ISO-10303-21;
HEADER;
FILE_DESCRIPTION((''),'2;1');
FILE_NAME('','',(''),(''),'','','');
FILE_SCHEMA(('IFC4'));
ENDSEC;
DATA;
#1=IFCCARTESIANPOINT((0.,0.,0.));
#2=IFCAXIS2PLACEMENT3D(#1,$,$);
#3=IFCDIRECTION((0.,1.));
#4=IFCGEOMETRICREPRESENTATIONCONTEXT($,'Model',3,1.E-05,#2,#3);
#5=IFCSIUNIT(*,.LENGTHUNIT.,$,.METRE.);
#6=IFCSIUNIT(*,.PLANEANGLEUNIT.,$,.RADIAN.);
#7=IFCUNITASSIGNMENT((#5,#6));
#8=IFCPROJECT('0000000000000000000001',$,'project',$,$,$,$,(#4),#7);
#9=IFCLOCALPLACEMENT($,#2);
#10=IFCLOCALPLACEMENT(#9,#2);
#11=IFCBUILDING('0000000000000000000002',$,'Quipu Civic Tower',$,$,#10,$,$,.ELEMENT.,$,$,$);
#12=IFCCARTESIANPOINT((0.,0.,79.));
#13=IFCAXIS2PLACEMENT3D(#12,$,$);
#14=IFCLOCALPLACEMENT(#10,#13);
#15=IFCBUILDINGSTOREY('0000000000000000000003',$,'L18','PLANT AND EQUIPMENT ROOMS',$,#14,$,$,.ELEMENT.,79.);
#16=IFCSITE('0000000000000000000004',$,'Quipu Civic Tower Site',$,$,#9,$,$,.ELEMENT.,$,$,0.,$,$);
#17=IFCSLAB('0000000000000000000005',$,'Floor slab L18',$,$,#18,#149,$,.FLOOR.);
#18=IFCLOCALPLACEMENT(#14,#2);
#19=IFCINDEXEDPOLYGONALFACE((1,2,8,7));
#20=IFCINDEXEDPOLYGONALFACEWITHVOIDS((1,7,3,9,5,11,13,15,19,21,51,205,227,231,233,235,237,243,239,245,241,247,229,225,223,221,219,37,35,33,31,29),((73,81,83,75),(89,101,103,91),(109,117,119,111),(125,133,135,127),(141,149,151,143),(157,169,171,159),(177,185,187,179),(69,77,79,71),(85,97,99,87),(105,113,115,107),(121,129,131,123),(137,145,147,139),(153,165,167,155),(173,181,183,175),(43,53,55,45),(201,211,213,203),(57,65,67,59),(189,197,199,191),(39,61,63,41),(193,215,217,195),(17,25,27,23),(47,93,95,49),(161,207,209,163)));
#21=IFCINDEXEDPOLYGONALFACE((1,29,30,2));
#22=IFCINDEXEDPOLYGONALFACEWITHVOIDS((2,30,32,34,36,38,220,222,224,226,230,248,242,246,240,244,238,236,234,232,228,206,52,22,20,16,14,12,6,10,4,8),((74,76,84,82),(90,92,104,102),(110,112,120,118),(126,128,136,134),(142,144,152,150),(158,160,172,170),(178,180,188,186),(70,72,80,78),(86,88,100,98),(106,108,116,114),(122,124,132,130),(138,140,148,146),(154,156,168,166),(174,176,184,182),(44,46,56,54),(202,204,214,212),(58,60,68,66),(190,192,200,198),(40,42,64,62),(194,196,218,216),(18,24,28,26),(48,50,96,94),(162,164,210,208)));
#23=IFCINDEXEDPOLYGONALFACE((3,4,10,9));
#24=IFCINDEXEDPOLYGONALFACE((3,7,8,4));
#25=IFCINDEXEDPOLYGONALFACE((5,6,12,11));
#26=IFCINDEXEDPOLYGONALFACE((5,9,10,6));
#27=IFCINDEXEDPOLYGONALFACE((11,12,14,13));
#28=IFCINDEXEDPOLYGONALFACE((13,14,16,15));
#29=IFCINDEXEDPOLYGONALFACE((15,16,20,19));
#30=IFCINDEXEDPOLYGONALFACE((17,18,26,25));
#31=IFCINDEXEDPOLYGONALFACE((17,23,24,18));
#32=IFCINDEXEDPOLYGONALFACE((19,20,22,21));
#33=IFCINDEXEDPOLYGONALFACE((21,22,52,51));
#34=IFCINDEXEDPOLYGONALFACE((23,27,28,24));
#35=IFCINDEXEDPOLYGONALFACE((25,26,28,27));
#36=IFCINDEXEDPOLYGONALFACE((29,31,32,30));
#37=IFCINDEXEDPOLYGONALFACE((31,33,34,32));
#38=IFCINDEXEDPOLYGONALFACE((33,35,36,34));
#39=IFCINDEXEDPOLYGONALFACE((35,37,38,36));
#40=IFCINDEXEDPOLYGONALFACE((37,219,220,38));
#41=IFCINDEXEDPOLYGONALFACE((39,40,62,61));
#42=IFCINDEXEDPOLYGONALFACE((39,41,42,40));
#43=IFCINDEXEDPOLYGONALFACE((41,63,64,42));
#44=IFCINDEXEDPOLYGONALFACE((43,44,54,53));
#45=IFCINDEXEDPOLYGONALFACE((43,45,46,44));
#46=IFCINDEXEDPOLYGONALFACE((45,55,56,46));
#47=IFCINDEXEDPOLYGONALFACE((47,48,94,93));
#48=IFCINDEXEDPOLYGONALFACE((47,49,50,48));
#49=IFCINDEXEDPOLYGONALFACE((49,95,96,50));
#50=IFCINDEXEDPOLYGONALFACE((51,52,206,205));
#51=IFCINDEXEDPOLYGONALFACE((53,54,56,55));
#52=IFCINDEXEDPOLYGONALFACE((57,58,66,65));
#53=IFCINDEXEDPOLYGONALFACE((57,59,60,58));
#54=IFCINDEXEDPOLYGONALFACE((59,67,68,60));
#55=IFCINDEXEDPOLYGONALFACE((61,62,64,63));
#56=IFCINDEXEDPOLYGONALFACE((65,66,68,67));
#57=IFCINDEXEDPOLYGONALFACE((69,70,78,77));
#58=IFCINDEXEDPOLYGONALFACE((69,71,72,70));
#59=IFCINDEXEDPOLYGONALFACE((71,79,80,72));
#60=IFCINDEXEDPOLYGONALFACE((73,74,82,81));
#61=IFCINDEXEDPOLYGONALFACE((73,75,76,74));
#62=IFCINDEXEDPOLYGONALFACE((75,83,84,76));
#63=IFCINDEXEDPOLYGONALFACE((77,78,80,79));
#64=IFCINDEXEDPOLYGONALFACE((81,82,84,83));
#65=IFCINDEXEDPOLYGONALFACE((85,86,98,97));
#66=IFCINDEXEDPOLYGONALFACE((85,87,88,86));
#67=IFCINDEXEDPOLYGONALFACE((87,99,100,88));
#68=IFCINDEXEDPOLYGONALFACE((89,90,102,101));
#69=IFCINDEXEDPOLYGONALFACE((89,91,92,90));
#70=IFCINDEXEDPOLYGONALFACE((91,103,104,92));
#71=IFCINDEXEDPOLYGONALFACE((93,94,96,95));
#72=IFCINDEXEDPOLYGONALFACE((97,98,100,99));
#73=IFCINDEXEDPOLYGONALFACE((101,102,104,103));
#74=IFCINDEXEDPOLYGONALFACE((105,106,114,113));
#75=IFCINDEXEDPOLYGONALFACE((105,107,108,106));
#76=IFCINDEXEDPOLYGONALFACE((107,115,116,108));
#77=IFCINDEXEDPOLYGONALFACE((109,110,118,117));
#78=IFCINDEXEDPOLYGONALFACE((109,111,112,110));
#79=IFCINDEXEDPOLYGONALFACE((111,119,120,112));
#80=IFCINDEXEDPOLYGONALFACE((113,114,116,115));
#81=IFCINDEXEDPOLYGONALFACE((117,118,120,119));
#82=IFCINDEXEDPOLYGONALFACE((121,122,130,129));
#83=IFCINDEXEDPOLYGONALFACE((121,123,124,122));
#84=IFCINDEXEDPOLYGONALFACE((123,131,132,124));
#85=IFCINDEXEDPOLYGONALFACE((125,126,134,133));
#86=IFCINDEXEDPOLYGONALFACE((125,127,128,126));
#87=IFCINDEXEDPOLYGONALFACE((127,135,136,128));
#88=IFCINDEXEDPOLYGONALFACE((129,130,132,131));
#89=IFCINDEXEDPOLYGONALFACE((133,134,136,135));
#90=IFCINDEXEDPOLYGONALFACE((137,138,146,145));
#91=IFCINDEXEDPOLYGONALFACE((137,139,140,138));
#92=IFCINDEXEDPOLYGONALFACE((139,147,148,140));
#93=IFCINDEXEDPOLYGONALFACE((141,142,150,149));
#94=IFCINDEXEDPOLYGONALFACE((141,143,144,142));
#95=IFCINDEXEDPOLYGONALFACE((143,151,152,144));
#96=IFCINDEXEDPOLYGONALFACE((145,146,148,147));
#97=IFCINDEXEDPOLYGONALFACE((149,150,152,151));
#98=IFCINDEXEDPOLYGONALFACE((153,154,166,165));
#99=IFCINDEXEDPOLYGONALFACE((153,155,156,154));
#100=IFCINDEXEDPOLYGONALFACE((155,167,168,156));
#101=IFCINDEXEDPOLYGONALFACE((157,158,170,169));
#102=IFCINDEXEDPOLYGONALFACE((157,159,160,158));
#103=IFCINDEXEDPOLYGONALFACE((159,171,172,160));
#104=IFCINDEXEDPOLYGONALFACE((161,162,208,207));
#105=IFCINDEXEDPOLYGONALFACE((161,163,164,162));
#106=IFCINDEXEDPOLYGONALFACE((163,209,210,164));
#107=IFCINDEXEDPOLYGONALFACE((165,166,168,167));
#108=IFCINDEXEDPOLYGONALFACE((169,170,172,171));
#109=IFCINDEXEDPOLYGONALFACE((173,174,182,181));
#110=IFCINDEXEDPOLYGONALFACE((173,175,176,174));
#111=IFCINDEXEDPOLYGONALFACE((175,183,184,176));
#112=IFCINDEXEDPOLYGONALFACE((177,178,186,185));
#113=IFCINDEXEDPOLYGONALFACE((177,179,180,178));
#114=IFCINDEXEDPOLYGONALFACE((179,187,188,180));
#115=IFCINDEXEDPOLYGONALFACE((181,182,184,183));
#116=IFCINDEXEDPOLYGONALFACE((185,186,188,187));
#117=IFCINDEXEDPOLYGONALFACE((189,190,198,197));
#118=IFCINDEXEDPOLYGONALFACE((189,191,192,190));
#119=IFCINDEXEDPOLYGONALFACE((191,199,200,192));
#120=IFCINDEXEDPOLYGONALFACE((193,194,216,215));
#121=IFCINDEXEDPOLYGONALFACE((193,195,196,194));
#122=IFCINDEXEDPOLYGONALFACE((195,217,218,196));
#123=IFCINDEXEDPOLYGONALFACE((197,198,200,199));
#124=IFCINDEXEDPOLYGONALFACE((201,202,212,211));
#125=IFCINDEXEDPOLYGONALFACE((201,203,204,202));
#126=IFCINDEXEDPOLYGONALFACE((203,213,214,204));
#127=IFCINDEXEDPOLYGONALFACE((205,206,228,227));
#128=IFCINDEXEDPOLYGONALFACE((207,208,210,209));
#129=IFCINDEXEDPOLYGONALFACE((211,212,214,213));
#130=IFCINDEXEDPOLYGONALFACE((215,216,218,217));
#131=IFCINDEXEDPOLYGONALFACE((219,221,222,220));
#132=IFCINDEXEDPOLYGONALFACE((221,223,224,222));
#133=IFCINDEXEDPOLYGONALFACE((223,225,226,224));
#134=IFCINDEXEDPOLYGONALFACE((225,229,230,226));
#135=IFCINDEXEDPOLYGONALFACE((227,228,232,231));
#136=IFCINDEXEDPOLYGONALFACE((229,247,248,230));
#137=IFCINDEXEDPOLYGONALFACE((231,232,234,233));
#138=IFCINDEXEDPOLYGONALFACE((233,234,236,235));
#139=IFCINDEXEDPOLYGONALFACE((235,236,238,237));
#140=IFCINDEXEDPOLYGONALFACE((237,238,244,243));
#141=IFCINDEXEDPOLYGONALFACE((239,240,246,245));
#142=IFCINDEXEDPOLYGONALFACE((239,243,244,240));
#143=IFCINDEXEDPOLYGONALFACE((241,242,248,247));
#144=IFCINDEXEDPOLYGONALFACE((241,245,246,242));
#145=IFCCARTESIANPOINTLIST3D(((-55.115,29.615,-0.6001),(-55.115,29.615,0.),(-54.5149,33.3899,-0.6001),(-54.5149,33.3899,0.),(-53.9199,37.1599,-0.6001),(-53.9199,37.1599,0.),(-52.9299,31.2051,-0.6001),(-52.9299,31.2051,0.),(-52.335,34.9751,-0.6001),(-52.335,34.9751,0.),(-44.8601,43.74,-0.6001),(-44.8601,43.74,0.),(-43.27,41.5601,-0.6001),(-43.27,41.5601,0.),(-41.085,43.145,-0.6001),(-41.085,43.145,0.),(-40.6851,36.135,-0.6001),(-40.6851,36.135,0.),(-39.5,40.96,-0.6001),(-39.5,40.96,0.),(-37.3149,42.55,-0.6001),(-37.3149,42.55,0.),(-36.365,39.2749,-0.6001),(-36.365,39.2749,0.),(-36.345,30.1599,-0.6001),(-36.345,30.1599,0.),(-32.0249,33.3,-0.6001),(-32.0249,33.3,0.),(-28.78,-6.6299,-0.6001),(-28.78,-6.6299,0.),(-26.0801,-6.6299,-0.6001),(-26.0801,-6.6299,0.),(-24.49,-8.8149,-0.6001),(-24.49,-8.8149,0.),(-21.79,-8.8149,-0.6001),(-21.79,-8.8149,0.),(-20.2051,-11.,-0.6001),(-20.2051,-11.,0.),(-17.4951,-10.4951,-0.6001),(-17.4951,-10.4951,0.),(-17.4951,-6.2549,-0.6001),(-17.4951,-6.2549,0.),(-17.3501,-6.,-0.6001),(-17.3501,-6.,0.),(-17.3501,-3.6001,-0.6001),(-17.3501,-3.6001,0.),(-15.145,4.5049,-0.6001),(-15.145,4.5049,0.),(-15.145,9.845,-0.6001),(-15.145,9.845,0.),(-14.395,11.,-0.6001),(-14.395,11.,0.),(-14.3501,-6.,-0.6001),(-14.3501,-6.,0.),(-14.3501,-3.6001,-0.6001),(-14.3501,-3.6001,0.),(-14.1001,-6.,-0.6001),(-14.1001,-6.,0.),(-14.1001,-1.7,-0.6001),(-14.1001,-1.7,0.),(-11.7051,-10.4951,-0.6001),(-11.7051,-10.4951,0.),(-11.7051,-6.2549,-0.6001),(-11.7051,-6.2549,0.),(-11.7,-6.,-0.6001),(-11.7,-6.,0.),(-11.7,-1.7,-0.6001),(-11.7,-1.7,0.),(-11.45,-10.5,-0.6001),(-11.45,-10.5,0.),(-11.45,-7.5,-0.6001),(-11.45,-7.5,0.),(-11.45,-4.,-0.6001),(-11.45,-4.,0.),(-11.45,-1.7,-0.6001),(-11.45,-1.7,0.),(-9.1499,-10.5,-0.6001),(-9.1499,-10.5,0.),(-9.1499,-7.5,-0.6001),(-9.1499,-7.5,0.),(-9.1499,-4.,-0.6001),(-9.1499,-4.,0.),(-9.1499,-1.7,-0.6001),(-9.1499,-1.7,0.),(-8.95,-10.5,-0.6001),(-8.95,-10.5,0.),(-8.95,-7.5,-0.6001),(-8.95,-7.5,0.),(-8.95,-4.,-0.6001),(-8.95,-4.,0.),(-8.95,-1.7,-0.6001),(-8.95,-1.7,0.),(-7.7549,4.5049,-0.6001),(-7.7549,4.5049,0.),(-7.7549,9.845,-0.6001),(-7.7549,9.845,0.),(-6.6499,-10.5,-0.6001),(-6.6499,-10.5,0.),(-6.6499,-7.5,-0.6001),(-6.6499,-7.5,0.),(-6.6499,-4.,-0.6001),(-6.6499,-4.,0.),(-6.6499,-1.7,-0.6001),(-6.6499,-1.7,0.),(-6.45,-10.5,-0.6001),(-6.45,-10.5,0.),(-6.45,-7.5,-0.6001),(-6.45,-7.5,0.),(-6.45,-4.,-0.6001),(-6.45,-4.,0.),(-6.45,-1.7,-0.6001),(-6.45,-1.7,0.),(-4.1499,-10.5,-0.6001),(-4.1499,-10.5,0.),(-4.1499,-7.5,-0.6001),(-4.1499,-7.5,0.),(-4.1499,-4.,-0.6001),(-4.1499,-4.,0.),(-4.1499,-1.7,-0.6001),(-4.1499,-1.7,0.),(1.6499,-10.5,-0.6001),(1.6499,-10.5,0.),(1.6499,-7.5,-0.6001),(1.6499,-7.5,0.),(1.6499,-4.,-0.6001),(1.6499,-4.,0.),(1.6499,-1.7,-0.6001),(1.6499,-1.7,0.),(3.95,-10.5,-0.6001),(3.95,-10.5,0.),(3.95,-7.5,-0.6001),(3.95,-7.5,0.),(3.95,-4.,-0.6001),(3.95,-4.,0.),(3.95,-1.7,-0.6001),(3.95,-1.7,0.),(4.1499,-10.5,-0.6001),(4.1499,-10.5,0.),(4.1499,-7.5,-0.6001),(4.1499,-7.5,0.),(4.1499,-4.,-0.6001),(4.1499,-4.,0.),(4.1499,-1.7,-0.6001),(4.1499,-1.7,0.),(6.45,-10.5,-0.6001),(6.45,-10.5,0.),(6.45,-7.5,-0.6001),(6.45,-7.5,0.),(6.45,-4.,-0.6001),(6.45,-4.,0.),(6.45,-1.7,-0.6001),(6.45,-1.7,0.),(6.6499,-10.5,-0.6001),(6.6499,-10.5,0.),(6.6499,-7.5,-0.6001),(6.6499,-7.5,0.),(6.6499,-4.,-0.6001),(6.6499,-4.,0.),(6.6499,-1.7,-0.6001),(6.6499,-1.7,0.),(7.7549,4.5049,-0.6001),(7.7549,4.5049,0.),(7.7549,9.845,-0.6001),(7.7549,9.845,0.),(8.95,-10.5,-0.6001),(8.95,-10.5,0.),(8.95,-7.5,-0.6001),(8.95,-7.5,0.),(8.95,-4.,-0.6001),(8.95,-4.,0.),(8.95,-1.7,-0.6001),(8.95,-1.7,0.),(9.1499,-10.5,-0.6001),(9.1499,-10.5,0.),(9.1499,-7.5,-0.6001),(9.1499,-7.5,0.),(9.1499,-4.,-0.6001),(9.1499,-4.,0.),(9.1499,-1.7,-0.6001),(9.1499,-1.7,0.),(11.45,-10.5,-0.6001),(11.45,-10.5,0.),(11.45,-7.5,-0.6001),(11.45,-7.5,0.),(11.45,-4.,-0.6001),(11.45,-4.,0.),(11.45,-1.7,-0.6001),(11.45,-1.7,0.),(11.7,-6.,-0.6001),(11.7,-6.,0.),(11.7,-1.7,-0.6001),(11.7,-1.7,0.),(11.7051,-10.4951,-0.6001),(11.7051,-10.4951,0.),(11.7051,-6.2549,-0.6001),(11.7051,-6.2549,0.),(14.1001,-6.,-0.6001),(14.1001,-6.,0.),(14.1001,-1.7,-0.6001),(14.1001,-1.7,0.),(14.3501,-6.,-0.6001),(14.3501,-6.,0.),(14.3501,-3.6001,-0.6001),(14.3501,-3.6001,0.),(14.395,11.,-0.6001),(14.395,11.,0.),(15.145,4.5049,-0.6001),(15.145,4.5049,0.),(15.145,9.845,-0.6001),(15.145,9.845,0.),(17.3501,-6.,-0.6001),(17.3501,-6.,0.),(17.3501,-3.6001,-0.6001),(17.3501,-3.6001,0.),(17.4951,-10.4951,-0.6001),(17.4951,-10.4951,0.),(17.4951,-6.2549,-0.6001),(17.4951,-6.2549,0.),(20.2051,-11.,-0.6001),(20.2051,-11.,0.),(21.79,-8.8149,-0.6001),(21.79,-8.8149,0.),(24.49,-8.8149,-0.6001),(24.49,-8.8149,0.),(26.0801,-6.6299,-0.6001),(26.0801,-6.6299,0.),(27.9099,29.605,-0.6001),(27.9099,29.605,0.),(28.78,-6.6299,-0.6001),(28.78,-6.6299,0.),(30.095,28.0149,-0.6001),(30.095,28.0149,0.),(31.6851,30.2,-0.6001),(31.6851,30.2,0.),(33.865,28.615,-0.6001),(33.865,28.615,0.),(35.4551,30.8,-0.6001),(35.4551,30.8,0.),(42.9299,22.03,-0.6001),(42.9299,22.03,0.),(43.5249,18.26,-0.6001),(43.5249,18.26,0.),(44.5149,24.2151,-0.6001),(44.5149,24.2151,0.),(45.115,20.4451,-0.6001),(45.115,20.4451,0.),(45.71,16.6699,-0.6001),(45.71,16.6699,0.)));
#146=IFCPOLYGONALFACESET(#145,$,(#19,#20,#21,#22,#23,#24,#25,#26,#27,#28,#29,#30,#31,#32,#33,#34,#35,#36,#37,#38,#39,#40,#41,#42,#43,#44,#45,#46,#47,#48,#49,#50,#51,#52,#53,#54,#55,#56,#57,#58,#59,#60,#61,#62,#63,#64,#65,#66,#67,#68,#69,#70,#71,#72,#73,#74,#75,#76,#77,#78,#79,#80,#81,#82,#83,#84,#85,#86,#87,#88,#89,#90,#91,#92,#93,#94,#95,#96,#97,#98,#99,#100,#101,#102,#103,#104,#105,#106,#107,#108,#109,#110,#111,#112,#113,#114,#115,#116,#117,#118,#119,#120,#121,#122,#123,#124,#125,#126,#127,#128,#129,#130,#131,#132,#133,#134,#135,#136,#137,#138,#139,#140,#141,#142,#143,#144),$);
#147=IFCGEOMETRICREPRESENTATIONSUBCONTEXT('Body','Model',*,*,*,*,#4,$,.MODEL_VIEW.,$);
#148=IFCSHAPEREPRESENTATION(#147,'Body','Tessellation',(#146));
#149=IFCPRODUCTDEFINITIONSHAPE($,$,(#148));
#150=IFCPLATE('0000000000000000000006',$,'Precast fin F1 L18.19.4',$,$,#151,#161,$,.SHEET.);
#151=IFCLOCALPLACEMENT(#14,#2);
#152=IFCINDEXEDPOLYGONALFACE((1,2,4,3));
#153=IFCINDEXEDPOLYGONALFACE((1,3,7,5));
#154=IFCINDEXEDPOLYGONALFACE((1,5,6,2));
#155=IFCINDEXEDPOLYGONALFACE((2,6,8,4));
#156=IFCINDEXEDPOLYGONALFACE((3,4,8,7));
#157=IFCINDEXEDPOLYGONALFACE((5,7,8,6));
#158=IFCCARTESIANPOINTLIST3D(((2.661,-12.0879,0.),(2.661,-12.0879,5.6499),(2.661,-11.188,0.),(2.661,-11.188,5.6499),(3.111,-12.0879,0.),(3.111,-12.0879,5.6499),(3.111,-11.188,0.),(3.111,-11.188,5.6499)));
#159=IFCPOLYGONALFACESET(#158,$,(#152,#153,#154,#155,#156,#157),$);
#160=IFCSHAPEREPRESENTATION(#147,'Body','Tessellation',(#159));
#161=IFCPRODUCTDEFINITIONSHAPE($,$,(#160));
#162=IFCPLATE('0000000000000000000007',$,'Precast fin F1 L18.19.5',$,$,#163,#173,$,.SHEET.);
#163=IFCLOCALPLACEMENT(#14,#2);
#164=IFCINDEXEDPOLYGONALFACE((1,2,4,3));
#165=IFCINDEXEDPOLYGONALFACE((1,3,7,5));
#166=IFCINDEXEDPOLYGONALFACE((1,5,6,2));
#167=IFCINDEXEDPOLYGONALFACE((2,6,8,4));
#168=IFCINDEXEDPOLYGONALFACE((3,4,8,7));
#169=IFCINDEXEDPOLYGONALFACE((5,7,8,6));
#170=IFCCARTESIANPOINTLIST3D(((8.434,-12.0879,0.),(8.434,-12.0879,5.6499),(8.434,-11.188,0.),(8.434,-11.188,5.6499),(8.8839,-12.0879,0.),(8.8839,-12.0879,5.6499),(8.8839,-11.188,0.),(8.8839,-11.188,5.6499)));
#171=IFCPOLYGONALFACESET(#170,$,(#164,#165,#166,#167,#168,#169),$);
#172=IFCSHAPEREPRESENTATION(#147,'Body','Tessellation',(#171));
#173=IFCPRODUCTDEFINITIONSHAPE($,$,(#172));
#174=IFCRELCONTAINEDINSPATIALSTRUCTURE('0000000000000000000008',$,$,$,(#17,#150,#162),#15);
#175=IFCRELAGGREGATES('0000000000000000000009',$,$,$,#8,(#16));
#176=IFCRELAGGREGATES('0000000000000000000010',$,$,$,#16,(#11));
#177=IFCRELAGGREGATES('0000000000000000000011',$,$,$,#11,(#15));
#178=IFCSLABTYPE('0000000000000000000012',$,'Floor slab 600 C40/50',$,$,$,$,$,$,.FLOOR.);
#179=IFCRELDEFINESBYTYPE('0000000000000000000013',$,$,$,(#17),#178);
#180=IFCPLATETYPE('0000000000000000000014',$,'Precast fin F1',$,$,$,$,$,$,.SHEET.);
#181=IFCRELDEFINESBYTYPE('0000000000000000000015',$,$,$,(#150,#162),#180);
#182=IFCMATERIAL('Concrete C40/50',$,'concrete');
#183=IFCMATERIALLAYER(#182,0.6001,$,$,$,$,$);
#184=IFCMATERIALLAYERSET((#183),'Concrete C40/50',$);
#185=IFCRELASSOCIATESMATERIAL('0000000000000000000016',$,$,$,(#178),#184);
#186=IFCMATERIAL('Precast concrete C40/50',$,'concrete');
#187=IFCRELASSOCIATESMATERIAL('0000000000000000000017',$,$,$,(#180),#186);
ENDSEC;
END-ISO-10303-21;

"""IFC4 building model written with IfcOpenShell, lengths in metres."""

from ifc_helpers import new_model, si_unit, direction, frame, origin, origin_2d, place, context, subcontext, project, spatial, polyline, rectangle, outline, extrude, material, layer, layer_set, type_object, element, save


model = new_model("IFC4")

# Units and contexts
model_context = context("Model", 3, precision=1e-05, world=origin(), true_north=direction((0.0, 1.0)))
body_context = subcontext(model_context, "Body", "Model", "MODEL_VIEW")
ifc_project = project(units=[si_unit("LENGTHUNIT", "METRE"), si_unit("PLANEANGLEUNIT", "RADIAN")], contexts=[model_context])

# Site, building, storey
site_placement = place(None, origin())
site = spatial("IfcSite", under=ifc_project, at=site_placement, Name="Quipu Civic Tower Site", CompositionType="ELEMENT", RefElevation=0.0)
building_placement = place(site_placement, origin())
building = spatial("IfcBuilding", under=site, at=building_placement, Name="Quipu Civic Tower", CompositionType="ELEMENT")
storey_placement = place(building_placement, frame((0.0, 0.0, 79.0)))
storey = spatial("IfcBuildingStorey", under=building, at=storey_placement, Name="L18", Description="PLANT AND EQUIPMENT ROOMS", CompositionType="ELEMENT", Elevation=79.0)

# Slab
ifc_material_1 = material(Name="Concrete C40/50", Category="concrete")
ifc_layer_1 = layer(ifc_material_1, 0.6001)
ifc_layer_set_1 = layer_set([ifc_layer_1], Name="Concrete C40/50")
slab_type_1 = type_object("IfcSlabType", Name="Floor slab 600 C40/50", PredefinedType="FLOOR", material=ifc_layer_set_1)
slab_1_placement = place(storey_placement, frame((0.0, 0.0, -0.6001)))
element("IfcSlab", 1, at=slab_1_placement, inside=storey, type_object=slab_type_1, Name="Floor slab L18", PredefinedType="FLOOR", context=body_context, shape_type="SweptSolid", body=[
    extrude(outline(polyline([(27.9099, 29.605), (30.095, 28.0149), (31.6851, 30.2), (33.865, 28.615), (35.4551, 30.8), (44.5149, 24.2151), (42.9299, 22.03), (45.115, 20.4451), (43.5249, 18.26), (45.71, 16.6699), (28.78, -6.6299), (26.0801, -6.6299), (24.49, -8.8149), (21.79, -8.8149), (20.2051, -11.0), (-20.2051, -11.0), (-21.79, -8.8149), (-24.49, -8.8149), (-26.0801, -6.6299), (-28.78, -6.6299), (-55.115, 29.615), (-52.9299, 31.2051), (-54.5149, 33.3899), (-52.335, 34.9751), (-53.9199, 37.1599), (-44.8601, 43.74), (-43.27, 41.5601), (-41.085, 43.145), (-39.5, 40.96), (-37.3149, 42.55), (-14.395, 11.0), (14.395, 11.0), (27.9099, 29.605)]), holes=[polyline([(-11.45, -7.5), (-11.45, -10.5), (-9.1499, -10.5), (-9.1499, -7.5), (-11.45, -7.5)]), polyline([(-8.95, -7.5), (-8.95, -10.5), (-6.6499, -10.5), (-6.6499, -7.5), (-8.95, -7.5)]), polyline([(-6.45, -7.5), (-6.45, -10.5), (-4.1499, -10.5), (-4.1499, -7.5), (-6.45, -7.5)]), polyline([(-11.7051, -10.4951), (-11.7051, -6.2549), (-17.4951, -6.2549), (-17.4951, -10.4951), (-11.7051, -10.4951)]), polyline([(-14.3501, -3.6001), (-17.3501, -3.6001), (-17.3501, -6.0), (-14.3501, -6.0), (-14.3501, -3.6001)]), polyline([(-14.1001, -1.7), (-14.1001, -6.0), (-11.7, -6.0), (-11.7, -1.7), (-14.1001, -1.7)]), polyline([(-9.1499, -1.7), (-11.45, -1.7), (-11.45, -4.0), (-9.1499, -4.0), (-9.1499, -1.7)]), polyline([(-6.6499, -1.7), (-8.95, -1.7), (-8.95, -4.0), (-6.6499, -4.0), (-6.6499, -1.7)]), polyline([(-6.45, -1.7), (-6.45, -4.0), (-4.1499, -4.0), (-4.1499, -1.7), (-6.45, -1.7)]), polyline([(3.95, -1.7), (1.6499, -1.7), (1.6499, -4.0), (3.95, -4.0), (3.95, -1.7)]), polyline([(-7.7549, 4.5049), (-7.7549, 9.845), (-15.145, 9.845), (-15.145, 4.5049), (-7.7549, 4.5049)]), polyline([(-40.6851, 36.135), (-36.345, 30.1599), (-32.0249, 33.3), (-36.365, 39.2749), (-40.6851, 36.135)]), polyline([(3.95, -7.5), (1.6499, -7.5), (1.6499, -10.5), (3.95, -10.5), (3.95, -7.5)]), polyline([(6.45, -7.5), (4.1499, -7.5), (4.1499, -10.5), (6.45, -10.5), (6.45, -7.5)]), polyline([(6.6499, -7.5), (6.6499, -10.5), (8.95, -10.5), (8.95, -7.5), (6.6499, -7.5)]), polyline([(11.45, -7.5), (9.1499, -7.5), (9.1499, -10.5), (11.45, -10.5), (11.45, -7.5)]), polyline([(11.7051, -6.2549), (11.7051, -10.4951), (17.4951, -10.4951), (17.4951, -6.2549), (11.7051, -6.2549)]), polyline([(14.3501, -3.6001), (14.3501, -6.0), (17.3501, -6.0), (17.3501, -3.6001), (14.3501, -3.6001)]), polyline([(14.1001, -1.7), (11.7, -1.7), (11.7, -6.0), (14.1001, -6.0), (14.1001, -1.7)]), polyline([(6.45, -1.7), (4.1499, -1.7), (4.1499, -4.0), (6.45, -4.0), (6.45, -1.7)]), polyline([(6.6499, -1.7), (6.6499, -4.0), (8.95, -4.0), (8.95, -1.7), (6.6499, -1.7)]), polyline([(11.45, -1.7), (9.1499, -1.7), (9.1499, -4.0), (11.45, -4.0), (11.45, -1.7)]), polyline([(7.7549, 9.845), (7.7549, 4.5049), (15.145, 4.5049), (15.145, 9.845), (7.7549, 9.845)])]), origin(), (0.0, 0.0, 1.0), 0.6001),
])

# Plates
ifc_material_2 = material(Name="Precast concrete C40/50", Category="concrete")
plate_type = type_object("IfcPlateType", Name="Precast fin F1", PredefinedType="SHEET", material=ifc_material_2)
for number, where, z_axis, x_axis, name in (
    (2, (2.886, -11.6379, 0.0), (0.0, 0.0, 1.0), (1.0, 0.0, 0.0), "Precast fin F1 L18.19.4"),
    (3, (8.6589, -11.6379, 0.0), (0.0, 0.0, 1.0), (1.0, 0.0, 0.0), "Precast fin F1 L18.19.5"),
):
    element("IfcPlate", number, at=place(storey_placement, frame(where, z_axis=z_axis, x_axis=x_axis)), inside=storey, type_object=plate_type, Name=name, PredefinedType="SHEET", context=body_context, shape_type="SweptSolid", body=[
        extrude(rectangle(XDim=0.45, YDim=0.8999, at=origin_2d()), origin(), (0.0, 0.0, 1.0), 5.6499),
    ])

save(model, "model.ifc")
